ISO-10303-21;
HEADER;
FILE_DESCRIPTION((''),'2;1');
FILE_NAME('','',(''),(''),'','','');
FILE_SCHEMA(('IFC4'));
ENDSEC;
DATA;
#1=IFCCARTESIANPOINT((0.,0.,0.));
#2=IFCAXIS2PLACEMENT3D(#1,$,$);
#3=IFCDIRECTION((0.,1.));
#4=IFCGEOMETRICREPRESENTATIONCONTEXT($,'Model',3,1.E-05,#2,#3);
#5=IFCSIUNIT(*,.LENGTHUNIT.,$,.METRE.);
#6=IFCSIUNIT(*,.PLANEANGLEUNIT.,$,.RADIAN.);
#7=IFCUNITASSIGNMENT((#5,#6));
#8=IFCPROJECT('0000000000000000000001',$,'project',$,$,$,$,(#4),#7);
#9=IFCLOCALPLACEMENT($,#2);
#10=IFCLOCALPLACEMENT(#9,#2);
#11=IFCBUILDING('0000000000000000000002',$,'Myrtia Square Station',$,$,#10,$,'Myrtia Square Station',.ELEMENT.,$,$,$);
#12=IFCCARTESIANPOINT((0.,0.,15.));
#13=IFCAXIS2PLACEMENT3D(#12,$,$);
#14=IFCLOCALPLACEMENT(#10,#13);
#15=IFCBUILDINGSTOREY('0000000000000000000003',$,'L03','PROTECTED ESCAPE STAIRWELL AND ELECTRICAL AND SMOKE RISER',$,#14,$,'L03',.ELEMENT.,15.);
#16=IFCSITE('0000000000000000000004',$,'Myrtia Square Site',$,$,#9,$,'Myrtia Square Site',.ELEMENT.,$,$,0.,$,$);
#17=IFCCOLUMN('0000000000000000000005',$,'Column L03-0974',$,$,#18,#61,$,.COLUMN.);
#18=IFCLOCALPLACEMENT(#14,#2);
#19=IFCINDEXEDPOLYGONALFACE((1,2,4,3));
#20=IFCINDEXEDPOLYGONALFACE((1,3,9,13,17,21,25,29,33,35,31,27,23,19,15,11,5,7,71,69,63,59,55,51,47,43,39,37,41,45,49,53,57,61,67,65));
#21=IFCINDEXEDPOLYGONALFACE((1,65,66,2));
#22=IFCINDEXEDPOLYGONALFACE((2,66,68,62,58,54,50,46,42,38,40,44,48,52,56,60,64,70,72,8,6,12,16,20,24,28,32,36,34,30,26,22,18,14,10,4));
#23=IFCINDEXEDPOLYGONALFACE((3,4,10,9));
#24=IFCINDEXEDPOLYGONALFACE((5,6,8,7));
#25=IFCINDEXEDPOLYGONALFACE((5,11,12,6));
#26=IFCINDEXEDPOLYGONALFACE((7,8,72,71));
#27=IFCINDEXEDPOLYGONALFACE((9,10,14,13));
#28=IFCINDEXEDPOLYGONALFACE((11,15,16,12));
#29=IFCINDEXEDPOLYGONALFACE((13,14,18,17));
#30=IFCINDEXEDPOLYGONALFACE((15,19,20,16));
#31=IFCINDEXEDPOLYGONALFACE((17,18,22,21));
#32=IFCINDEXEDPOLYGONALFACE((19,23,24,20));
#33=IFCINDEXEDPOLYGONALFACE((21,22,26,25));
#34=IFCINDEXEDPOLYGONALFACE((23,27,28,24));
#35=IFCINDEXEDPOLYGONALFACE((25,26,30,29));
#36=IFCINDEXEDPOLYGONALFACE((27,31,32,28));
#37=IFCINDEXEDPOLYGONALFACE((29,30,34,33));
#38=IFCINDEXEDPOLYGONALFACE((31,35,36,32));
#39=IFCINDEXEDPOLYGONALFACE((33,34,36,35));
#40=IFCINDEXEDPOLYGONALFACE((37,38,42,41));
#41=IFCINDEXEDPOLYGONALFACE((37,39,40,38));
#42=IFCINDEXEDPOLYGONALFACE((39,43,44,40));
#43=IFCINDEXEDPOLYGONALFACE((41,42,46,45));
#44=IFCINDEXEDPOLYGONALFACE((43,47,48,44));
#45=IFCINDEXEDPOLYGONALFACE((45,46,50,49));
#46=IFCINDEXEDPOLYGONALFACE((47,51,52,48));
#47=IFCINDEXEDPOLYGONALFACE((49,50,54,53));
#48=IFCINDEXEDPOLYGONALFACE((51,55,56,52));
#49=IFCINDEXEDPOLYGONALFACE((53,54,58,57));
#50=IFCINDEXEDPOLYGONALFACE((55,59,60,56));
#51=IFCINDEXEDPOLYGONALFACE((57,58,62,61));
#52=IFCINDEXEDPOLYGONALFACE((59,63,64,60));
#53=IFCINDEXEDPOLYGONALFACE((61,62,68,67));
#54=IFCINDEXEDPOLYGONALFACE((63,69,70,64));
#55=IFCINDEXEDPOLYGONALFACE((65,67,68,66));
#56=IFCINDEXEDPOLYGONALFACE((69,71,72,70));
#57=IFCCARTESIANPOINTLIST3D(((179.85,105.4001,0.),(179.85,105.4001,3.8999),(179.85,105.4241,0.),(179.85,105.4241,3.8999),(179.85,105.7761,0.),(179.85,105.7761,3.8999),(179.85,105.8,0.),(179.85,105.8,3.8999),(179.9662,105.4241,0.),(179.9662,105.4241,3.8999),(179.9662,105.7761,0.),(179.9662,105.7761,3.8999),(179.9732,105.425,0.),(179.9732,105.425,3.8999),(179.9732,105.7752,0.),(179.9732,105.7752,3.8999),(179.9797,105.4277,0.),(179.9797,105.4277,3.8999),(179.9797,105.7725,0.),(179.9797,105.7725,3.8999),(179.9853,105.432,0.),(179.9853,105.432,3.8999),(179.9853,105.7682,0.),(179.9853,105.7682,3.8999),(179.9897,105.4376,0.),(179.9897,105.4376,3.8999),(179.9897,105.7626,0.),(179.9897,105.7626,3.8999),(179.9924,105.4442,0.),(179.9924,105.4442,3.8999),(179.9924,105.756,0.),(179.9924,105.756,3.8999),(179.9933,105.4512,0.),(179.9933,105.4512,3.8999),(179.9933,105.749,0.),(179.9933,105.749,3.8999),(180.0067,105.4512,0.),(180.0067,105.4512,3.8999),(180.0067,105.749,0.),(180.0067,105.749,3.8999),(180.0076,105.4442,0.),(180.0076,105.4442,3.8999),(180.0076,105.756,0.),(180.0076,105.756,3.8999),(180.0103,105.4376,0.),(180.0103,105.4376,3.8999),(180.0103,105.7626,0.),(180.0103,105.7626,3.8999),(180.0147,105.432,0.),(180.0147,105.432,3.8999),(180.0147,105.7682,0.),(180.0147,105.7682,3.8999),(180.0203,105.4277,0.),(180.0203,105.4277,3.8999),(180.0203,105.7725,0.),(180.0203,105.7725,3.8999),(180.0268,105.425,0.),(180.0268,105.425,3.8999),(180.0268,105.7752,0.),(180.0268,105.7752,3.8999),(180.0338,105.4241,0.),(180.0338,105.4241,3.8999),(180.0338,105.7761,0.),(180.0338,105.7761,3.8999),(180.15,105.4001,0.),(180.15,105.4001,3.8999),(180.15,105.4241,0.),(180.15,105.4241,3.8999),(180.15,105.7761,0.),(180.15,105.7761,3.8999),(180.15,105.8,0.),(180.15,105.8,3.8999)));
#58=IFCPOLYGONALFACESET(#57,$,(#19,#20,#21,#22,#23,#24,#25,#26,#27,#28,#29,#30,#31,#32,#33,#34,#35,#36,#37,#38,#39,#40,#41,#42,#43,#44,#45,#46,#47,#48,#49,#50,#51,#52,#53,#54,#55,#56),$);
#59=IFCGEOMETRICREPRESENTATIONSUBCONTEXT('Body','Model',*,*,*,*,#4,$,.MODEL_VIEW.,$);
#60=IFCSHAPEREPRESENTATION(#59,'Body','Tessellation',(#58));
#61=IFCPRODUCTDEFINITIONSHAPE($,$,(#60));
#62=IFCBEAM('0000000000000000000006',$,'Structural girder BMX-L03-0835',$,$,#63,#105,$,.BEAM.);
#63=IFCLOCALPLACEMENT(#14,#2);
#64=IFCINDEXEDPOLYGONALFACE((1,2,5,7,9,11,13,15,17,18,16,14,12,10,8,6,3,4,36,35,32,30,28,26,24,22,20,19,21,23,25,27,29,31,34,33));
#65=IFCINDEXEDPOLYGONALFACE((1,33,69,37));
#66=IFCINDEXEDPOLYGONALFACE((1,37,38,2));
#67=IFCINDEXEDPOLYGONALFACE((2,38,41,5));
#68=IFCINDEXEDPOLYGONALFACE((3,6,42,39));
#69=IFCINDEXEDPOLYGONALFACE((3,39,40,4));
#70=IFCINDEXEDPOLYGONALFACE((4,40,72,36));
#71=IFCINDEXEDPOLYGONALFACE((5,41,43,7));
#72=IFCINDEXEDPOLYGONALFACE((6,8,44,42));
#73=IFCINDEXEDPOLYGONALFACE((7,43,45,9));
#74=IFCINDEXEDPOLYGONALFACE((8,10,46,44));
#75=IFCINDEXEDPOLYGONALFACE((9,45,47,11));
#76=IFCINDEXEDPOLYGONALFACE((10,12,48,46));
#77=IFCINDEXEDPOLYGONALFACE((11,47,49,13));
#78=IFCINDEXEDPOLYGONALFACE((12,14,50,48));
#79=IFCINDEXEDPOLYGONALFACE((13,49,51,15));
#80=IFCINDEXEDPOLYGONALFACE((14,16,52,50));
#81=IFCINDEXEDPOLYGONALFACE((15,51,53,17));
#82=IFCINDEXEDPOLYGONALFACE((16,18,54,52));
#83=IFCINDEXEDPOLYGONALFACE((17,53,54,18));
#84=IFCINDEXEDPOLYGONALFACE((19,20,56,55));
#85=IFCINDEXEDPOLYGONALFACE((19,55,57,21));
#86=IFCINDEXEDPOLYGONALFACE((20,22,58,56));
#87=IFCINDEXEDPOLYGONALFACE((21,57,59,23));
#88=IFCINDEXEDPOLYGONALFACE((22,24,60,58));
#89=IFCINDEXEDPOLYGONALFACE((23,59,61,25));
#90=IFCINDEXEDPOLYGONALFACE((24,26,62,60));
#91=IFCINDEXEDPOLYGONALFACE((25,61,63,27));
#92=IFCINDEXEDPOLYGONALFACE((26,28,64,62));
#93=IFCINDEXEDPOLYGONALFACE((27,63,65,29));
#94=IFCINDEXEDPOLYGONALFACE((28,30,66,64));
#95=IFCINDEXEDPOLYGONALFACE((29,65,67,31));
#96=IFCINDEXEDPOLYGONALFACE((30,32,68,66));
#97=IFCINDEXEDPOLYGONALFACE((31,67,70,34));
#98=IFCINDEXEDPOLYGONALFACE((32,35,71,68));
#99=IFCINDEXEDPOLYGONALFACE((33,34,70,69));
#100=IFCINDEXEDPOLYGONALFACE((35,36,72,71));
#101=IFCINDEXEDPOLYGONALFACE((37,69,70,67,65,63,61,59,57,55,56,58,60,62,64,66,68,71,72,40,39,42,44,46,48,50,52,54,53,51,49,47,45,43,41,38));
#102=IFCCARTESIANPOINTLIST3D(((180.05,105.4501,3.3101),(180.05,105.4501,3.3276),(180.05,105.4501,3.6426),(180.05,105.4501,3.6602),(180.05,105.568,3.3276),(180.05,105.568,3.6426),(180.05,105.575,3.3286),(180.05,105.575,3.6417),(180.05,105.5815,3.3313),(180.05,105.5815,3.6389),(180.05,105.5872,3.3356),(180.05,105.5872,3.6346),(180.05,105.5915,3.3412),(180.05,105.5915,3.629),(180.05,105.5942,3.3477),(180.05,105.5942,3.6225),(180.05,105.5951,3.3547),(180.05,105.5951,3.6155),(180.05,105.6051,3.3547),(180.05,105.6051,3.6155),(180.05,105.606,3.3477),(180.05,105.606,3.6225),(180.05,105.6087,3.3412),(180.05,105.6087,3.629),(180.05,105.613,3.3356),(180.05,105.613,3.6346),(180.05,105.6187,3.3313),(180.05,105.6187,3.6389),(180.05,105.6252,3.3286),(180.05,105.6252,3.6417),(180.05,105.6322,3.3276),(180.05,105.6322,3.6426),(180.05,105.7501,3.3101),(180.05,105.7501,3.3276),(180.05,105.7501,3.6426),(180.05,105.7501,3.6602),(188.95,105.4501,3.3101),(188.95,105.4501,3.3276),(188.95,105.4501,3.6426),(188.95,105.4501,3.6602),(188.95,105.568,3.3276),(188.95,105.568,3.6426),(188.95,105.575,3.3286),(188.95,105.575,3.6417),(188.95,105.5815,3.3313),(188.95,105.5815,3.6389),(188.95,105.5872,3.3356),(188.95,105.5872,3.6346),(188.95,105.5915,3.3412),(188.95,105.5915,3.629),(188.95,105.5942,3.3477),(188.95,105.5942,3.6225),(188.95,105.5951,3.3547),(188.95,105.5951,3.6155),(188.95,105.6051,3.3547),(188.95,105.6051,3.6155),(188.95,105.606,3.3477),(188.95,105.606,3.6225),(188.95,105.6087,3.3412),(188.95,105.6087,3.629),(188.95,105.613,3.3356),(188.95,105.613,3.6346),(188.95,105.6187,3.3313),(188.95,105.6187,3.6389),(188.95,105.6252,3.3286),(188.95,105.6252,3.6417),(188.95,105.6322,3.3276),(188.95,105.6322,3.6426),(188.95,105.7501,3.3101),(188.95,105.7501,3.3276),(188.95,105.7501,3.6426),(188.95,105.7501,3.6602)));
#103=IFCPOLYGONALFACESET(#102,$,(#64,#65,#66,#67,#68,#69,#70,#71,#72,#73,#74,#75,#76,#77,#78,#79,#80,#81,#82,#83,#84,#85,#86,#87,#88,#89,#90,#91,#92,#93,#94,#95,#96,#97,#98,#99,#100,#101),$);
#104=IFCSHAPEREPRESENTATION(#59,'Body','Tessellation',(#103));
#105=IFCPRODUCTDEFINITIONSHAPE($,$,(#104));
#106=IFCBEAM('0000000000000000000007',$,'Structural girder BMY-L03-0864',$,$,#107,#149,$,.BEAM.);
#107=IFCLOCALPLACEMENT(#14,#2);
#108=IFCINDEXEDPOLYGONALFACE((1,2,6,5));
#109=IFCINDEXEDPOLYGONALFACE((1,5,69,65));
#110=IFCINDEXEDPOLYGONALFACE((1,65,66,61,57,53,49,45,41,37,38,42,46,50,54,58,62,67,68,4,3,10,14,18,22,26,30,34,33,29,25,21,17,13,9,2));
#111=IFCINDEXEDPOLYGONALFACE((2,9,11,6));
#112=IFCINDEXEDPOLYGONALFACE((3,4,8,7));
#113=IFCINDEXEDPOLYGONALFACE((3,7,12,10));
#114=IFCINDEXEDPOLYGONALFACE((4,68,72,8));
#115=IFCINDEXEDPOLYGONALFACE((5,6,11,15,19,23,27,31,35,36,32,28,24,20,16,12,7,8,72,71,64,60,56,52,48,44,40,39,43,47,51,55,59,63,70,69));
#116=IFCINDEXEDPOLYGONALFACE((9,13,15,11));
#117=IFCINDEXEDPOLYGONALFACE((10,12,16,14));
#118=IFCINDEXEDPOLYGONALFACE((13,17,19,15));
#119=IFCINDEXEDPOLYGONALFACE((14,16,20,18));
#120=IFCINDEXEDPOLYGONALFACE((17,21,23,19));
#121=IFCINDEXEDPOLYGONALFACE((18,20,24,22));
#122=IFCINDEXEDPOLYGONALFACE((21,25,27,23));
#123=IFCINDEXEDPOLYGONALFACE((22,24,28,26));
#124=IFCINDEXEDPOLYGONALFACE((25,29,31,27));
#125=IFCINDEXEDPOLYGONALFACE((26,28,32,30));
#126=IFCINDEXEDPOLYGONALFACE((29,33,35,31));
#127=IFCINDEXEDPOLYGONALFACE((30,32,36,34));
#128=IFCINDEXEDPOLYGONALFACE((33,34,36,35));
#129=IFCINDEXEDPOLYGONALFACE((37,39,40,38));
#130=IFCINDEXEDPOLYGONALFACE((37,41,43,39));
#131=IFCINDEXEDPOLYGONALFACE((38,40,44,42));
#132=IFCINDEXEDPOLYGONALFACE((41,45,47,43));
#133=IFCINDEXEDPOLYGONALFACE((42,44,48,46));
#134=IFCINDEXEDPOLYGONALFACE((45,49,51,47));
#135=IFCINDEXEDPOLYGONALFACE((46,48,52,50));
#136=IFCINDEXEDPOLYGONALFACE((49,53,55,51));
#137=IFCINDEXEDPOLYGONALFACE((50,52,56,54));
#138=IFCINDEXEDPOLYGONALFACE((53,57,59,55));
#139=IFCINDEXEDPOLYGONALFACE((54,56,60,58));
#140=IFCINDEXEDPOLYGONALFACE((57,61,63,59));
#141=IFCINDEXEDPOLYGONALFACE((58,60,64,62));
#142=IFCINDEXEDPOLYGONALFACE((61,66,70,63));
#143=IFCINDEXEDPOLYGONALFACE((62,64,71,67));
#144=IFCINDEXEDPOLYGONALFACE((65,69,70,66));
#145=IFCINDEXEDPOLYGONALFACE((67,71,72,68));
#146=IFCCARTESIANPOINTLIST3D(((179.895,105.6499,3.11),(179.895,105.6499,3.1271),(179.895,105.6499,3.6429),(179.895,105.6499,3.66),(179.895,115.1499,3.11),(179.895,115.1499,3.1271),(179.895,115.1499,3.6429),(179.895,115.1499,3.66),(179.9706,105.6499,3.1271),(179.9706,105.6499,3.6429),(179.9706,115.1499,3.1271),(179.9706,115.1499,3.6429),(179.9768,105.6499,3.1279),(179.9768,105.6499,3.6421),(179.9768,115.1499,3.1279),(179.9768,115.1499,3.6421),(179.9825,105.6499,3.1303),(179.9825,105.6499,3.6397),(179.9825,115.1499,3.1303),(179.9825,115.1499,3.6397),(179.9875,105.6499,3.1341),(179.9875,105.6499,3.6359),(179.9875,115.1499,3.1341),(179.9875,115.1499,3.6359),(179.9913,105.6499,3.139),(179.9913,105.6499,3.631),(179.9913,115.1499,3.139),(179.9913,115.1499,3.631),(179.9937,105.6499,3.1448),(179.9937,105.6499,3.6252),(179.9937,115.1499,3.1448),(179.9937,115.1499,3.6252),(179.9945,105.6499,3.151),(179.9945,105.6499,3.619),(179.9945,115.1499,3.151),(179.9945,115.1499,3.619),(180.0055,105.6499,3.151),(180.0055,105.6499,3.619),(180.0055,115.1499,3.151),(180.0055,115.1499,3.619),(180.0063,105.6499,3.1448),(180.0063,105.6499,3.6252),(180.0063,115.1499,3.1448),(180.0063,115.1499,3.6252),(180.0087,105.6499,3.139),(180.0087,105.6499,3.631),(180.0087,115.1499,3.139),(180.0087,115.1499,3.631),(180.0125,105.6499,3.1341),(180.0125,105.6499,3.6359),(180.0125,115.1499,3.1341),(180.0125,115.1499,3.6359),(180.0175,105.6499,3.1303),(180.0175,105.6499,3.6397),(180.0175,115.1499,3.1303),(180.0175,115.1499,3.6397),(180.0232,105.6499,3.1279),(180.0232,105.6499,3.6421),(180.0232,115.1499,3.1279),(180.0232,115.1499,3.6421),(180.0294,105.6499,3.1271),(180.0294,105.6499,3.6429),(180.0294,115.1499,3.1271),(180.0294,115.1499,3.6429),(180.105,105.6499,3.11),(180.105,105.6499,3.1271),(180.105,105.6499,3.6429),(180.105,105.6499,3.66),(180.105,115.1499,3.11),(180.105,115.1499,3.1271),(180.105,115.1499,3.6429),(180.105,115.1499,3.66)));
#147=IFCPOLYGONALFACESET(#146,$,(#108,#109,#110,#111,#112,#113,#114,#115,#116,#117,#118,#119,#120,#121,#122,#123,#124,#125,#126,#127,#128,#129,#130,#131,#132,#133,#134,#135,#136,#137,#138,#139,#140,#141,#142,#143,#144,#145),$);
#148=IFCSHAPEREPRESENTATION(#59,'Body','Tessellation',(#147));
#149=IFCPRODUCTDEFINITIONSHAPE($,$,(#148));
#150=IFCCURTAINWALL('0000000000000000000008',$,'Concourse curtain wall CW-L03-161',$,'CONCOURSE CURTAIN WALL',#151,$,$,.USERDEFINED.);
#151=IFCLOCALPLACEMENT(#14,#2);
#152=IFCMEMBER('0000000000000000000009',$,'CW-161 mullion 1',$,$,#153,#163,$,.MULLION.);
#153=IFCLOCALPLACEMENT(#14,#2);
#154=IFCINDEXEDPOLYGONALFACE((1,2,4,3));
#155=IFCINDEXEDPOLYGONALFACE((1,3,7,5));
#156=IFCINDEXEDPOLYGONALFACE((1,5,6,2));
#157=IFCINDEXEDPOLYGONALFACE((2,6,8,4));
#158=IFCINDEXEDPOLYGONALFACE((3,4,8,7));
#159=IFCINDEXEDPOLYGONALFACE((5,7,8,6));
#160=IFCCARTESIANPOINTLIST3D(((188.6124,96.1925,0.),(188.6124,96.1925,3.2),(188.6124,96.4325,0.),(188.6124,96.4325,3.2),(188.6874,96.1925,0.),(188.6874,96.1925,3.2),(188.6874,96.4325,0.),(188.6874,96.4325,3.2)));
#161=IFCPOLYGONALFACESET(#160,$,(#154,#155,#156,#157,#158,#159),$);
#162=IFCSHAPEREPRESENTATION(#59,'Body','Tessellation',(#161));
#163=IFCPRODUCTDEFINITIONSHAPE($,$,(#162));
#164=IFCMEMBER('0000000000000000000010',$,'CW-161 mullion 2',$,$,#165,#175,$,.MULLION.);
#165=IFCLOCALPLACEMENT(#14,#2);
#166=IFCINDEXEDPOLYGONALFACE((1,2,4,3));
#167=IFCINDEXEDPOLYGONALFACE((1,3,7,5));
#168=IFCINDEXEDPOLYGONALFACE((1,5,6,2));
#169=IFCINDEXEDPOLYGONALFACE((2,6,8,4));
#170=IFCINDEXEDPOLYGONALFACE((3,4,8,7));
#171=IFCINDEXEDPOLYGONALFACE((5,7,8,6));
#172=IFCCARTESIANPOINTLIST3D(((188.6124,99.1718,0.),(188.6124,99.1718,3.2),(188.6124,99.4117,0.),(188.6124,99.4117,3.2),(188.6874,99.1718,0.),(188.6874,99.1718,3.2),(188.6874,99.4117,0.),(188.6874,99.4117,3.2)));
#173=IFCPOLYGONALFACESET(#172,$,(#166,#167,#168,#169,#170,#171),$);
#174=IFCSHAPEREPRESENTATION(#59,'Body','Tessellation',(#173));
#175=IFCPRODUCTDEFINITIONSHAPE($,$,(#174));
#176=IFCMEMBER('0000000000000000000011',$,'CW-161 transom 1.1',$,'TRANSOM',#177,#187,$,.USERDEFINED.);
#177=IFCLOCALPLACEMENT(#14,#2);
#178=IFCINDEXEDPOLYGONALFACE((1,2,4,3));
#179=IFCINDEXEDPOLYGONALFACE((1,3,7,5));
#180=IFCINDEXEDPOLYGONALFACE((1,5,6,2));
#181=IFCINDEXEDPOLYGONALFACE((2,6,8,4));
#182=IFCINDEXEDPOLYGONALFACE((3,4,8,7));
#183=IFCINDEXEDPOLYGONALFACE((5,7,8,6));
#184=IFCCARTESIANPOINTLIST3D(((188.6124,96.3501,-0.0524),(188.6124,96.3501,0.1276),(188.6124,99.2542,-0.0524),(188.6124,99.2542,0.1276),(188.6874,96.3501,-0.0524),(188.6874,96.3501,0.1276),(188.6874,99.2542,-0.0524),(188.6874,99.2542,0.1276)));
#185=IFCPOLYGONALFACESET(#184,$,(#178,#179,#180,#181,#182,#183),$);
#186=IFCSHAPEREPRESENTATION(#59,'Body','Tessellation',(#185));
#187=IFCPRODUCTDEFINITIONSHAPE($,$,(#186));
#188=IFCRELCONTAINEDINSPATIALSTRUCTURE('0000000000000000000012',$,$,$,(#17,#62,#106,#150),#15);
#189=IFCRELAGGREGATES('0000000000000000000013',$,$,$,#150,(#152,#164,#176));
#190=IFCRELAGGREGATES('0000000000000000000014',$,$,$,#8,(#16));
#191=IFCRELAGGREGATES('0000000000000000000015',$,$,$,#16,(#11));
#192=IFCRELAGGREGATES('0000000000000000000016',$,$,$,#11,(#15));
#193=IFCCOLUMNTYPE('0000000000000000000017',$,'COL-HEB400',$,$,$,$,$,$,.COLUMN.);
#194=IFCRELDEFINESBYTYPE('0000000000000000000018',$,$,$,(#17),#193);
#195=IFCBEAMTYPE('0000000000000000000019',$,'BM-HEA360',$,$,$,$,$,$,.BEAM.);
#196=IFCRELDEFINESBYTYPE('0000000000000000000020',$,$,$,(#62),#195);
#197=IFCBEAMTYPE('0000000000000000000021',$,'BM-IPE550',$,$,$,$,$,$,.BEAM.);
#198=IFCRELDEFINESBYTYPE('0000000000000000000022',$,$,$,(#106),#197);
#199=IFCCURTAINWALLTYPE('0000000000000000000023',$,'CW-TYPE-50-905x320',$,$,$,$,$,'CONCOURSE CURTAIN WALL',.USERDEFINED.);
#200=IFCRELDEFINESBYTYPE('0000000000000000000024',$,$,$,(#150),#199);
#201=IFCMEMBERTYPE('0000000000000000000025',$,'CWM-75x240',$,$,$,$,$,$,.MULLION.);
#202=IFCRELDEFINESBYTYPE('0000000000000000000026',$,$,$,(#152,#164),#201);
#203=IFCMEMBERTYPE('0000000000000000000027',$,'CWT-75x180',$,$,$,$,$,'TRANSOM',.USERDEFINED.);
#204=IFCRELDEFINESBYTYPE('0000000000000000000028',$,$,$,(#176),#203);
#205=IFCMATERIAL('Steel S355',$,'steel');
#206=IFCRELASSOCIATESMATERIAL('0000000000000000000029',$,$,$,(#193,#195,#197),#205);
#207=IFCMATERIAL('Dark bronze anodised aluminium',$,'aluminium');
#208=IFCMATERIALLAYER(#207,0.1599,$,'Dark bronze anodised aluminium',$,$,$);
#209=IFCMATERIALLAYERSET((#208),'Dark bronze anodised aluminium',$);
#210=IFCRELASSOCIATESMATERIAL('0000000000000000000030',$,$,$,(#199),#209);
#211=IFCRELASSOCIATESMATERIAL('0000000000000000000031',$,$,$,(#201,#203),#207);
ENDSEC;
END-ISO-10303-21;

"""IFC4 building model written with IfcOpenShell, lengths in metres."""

from ifc_helpers import new_model, si_unit, direction, frame, origin, origin_2d, place, context, subcontext, project, spatial, rectangle, i_section, extrude, material, layer, layer_set, material_profile, profile_set, type_object, element, aggregate, save


model = new_model("IFC4")

# Units and contexts
model_context = context("Model", 3, precision=1e-05, world=origin(), true_north=direction((0.0, 1.0)))
body_context = subcontext(model_context, "Body", "Model", "MODEL_VIEW")
ifc_project = project(units=[si_unit("LENGTHUNIT", "METRE"), si_unit("PLANEANGLEUNIT", "RADIAN")], contexts=[model_context])

# Site, building, storey
site_placement = place(None, origin())
site = spatial("IfcSite", under=ifc_project, at=site_placement, Name="Myrtia Square Site", LongName="Myrtia Square Site", CompositionType="ELEMENT", RefElevation=0.0)
building_placement = place(site_placement, origin())
building = spatial("IfcBuilding", under=site, at=building_placement, Name="Myrtia Square Station", LongName="Myrtia Square Station", CompositionType="ELEMENT")
storey_placement = place(building_placement, frame((0.0, 0.0, 15.0)))
storey = spatial("IfcBuildingStorey", under=building, at=storey_placement, Name="L03", Description="PROTECTED ESCAPE STAIRWELL AND ELECTRICAL AND SMOKE RISER", LongName="L03", CompositionType="ELEMENT", Elevation=15.0)

# Column
ifc_material_1 = material(Name="Steel S355", Category="steel")
ifc_material_profile_1 = material_profile(ifc_material_1, i_section(OverallWidth=0.3, OverallDepth=0.3999, WebThickness=0.0134, FlangeThickness=0.0239, FilletRadius=0.0271, at=origin_2d()), Name="HEB 400")
ifc_profile_set_1 = profile_set([ifc_material_profile_1], Name="Steel S355")
column_type = type_object("IfcColumnType", Name="COL-HEB400", PredefinedType="COLUMN", material=ifc_profile_set_1)
column_placement = place(storey_placement, frame((180.0, 105.6001, 0.0), z_axis=(0.0, 0.0, 1.0), x_axis=(1.0, 0.0, 0.0)))
element("IfcColumn", 1, at=column_placement, inside=storey, type_object=column_type, Name="Column L03-0974", PredefinedType="COLUMN", context=body_context, shape_type="SweptSolid", body=[
    extrude(i_section(OverallWidth=0.3, OverallDepth=0.3999, WebThickness=0.0134, FlangeThickness=0.0239, FilletRadius=0.0271, at=origin_2d()), origin(), (0.0, 0.0, 1.0), 3.8999),
])

# Beams
ifc_material_profile_2 = material_profile(ifc_material_1, i_section(OverallWidth=0.3, OverallDepth=0.3501, WebThickness=0.01, FlangeThickness=0.0176, FilletRadius=0.0271, at=origin_2d()), Name="HEA 360")
ifc_profile_set_2 = profile_set([ifc_material_profile_2], Name="Steel S355")
beam_type_1 = type_object("IfcBeamType", Name="BM-HEA360", PredefinedType="BEAM", material=ifc_profile_set_2)
beam_1_placement = place(storey_placement, frame((180.05, 105.6001, 3.4851), z_axis=(1.0, 0.0, 0.0), x_axis=(0.0, 1.0, 0.0)))
element("IfcBeam", 2, at=beam_1_placement, inside=storey, type_object=beam_type_1, Name="Structural girder BMX-L03-0835", PredefinedType="BEAM", context=body_context, shape_type="SweptSolid", body=[
    extrude(i_section(OverallWidth=0.3, OverallDepth=0.3501, WebThickness=0.01, FlangeThickness=0.0176, FilletRadius=0.0271, at=origin_2d()), origin(), (0.0, 0.0, 1.0), 8.8999),
])
ifc_material_profile_3 = material_profile(ifc_material_1, i_section(OverallWidth=0.21, OverallDepth=0.55, WebThickness=0.011, FlangeThickness=0.0171, FilletRadius=0.0239, at=origin_2d()), Name="IPE 550")
ifc_profile_set_3 = profile_set([ifc_material_profile_3], Name="Steel S355")
beam_type_2 = type_object("IfcBeamType", Name="BM-IPE550", PredefinedType="BEAM", material=ifc_profile_set_3)
beam_2_placement = place(storey_placement, frame((180.0, 105.6499, 3.385), z_axis=(0.0, 1.0, 0.0), x_axis=(-1.0, 0.0, 0.0)))
element("IfcBeam", 3, at=beam_2_placement, inside=storey, type_object=beam_type_2, Name="Structural girder BMY-L03-0864", PredefinedType="BEAM", context=body_context, shape_type="SweptSolid", body=[
    extrude(i_section(OverallWidth=0.21, OverallDepth=0.55, WebThickness=0.011, FlangeThickness=0.0171, FilletRadius=0.0239, at=origin_2d()), origin(), (0.0, 0.0, 1.0), 9.5),
])

# Curtain wall, members
ifc_material_2 = material(Name="Dark bronze anodised aluminium", Category="aluminium")
ifc_layer_1 = layer(ifc_material_2, 0.1599, Name="Dark bronze anodised aluminium")
ifc_layer_set_1 = layer_set([ifc_layer_1], Name="Dark bronze anodised aluminium")
curtain_wall_type = type_object("IfcCurtainWallType", Name="CW-TYPE-50-905x320", ElementType="CONCOURSE CURTAIN WALL", PredefinedType="USERDEFINED", material=ifc_layer_set_1)
curtain_wall_placement = place(storey_placement, origin())
curtain_wall = element("IfcCurtainWall", 4, at=curtain_wall_placement, inside=storey, type_object=curtain_wall_type, Name="Concourse curtain wall CW-L03-161", ObjectType="CONCOURSE CURTAIN WALL", PredefinedType="USERDEFINED")
ifc_material_profile_4 = material_profile(ifc_material_2, rectangle(XDim=0.075, YDim=0.24, at=origin_2d()), Name="ALU-M 75x240")
ifc_profile_set_4 = profile_set([ifc_material_profile_4], Name="Dark bronze anodised aluminium")
member_type_1 = type_object("IfcMemberType", Name="CWM-75x240", PredefinedType="MULLION", material=ifc_profile_set_4)
member_1_placement = place(storey_placement, frame((188.6499, 96.3125, 0.0), z_axis=(0.0, 0.0, 1.0), x_axis=(-1.0, 0.0, 0.0)))
member_1 = element("IfcMember", 5, at=member_1_placement, type_object=member_type_1, Name="CW-161 mullion 1", PredefinedType="MULLION", context=body_context, shape_type="SweptSolid", body=[
    extrude(rectangle(XDim=0.075, YDim=0.24, at=origin_2d()), origin(), (0.0, 0.0, 1.0), 3.2),
])
member_2_placement = place(storey_placement, frame((188.6499, 99.2917, 0.0), z_axis=(0.0, 0.0, 1.0), x_axis=(-1.0, 0.0, 0.0)))
member_2 = element("IfcMember", 6, at=member_2_placement, type_object=member_type_1, Name="CW-161 mullion 2", PredefinedType="MULLION", context=body_context, shape_type="SweptSolid", body=[
    extrude(rectangle(XDim=0.075, YDim=0.24, at=origin_2d()), origin(), (0.0, 0.0, 1.0), 3.2),
])
ifc_material_profile_5 = material_profile(ifc_material_2, rectangle(XDim=0.075, YDim=0.1799, at=origin_2d()), Name="ALU-T 75x180")
ifc_profile_set_5 = profile_set([ifc_material_profile_5], Name="Dark bronze anodised aluminium")
member_type_2 = type_object("IfcMemberType", Name="CWT-75x180", ElementType="TRANSOM", PredefinedType="USERDEFINED", material=ifc_profile_set_5)
member_3_placement = place(storey_placement, frame((188.6499, 96.3501, 0.0376), z_axis=(0.0, 1.0, 0.0), x_axis=(-1.0, 0.0, 0.0)))
member_3 = element("IfcMember", 7, at=member_3_placement, type_object=member_type_2, Name="CW-161 transom 1.1", ObjectType="TRANSOM", PredefinedType="USERDEFINED", context=body_context, shape_type="SweptSolid", body=[
    extrude(rectangle(XDim=0.075, YDim=0.1799, at=origin_2d()), origin(), (0.0, 0.0, 1.0), 2.9041),
])
aggregate(curtain_wall, [member_1, member_2, member_3])

save(model, "model.ifc")
